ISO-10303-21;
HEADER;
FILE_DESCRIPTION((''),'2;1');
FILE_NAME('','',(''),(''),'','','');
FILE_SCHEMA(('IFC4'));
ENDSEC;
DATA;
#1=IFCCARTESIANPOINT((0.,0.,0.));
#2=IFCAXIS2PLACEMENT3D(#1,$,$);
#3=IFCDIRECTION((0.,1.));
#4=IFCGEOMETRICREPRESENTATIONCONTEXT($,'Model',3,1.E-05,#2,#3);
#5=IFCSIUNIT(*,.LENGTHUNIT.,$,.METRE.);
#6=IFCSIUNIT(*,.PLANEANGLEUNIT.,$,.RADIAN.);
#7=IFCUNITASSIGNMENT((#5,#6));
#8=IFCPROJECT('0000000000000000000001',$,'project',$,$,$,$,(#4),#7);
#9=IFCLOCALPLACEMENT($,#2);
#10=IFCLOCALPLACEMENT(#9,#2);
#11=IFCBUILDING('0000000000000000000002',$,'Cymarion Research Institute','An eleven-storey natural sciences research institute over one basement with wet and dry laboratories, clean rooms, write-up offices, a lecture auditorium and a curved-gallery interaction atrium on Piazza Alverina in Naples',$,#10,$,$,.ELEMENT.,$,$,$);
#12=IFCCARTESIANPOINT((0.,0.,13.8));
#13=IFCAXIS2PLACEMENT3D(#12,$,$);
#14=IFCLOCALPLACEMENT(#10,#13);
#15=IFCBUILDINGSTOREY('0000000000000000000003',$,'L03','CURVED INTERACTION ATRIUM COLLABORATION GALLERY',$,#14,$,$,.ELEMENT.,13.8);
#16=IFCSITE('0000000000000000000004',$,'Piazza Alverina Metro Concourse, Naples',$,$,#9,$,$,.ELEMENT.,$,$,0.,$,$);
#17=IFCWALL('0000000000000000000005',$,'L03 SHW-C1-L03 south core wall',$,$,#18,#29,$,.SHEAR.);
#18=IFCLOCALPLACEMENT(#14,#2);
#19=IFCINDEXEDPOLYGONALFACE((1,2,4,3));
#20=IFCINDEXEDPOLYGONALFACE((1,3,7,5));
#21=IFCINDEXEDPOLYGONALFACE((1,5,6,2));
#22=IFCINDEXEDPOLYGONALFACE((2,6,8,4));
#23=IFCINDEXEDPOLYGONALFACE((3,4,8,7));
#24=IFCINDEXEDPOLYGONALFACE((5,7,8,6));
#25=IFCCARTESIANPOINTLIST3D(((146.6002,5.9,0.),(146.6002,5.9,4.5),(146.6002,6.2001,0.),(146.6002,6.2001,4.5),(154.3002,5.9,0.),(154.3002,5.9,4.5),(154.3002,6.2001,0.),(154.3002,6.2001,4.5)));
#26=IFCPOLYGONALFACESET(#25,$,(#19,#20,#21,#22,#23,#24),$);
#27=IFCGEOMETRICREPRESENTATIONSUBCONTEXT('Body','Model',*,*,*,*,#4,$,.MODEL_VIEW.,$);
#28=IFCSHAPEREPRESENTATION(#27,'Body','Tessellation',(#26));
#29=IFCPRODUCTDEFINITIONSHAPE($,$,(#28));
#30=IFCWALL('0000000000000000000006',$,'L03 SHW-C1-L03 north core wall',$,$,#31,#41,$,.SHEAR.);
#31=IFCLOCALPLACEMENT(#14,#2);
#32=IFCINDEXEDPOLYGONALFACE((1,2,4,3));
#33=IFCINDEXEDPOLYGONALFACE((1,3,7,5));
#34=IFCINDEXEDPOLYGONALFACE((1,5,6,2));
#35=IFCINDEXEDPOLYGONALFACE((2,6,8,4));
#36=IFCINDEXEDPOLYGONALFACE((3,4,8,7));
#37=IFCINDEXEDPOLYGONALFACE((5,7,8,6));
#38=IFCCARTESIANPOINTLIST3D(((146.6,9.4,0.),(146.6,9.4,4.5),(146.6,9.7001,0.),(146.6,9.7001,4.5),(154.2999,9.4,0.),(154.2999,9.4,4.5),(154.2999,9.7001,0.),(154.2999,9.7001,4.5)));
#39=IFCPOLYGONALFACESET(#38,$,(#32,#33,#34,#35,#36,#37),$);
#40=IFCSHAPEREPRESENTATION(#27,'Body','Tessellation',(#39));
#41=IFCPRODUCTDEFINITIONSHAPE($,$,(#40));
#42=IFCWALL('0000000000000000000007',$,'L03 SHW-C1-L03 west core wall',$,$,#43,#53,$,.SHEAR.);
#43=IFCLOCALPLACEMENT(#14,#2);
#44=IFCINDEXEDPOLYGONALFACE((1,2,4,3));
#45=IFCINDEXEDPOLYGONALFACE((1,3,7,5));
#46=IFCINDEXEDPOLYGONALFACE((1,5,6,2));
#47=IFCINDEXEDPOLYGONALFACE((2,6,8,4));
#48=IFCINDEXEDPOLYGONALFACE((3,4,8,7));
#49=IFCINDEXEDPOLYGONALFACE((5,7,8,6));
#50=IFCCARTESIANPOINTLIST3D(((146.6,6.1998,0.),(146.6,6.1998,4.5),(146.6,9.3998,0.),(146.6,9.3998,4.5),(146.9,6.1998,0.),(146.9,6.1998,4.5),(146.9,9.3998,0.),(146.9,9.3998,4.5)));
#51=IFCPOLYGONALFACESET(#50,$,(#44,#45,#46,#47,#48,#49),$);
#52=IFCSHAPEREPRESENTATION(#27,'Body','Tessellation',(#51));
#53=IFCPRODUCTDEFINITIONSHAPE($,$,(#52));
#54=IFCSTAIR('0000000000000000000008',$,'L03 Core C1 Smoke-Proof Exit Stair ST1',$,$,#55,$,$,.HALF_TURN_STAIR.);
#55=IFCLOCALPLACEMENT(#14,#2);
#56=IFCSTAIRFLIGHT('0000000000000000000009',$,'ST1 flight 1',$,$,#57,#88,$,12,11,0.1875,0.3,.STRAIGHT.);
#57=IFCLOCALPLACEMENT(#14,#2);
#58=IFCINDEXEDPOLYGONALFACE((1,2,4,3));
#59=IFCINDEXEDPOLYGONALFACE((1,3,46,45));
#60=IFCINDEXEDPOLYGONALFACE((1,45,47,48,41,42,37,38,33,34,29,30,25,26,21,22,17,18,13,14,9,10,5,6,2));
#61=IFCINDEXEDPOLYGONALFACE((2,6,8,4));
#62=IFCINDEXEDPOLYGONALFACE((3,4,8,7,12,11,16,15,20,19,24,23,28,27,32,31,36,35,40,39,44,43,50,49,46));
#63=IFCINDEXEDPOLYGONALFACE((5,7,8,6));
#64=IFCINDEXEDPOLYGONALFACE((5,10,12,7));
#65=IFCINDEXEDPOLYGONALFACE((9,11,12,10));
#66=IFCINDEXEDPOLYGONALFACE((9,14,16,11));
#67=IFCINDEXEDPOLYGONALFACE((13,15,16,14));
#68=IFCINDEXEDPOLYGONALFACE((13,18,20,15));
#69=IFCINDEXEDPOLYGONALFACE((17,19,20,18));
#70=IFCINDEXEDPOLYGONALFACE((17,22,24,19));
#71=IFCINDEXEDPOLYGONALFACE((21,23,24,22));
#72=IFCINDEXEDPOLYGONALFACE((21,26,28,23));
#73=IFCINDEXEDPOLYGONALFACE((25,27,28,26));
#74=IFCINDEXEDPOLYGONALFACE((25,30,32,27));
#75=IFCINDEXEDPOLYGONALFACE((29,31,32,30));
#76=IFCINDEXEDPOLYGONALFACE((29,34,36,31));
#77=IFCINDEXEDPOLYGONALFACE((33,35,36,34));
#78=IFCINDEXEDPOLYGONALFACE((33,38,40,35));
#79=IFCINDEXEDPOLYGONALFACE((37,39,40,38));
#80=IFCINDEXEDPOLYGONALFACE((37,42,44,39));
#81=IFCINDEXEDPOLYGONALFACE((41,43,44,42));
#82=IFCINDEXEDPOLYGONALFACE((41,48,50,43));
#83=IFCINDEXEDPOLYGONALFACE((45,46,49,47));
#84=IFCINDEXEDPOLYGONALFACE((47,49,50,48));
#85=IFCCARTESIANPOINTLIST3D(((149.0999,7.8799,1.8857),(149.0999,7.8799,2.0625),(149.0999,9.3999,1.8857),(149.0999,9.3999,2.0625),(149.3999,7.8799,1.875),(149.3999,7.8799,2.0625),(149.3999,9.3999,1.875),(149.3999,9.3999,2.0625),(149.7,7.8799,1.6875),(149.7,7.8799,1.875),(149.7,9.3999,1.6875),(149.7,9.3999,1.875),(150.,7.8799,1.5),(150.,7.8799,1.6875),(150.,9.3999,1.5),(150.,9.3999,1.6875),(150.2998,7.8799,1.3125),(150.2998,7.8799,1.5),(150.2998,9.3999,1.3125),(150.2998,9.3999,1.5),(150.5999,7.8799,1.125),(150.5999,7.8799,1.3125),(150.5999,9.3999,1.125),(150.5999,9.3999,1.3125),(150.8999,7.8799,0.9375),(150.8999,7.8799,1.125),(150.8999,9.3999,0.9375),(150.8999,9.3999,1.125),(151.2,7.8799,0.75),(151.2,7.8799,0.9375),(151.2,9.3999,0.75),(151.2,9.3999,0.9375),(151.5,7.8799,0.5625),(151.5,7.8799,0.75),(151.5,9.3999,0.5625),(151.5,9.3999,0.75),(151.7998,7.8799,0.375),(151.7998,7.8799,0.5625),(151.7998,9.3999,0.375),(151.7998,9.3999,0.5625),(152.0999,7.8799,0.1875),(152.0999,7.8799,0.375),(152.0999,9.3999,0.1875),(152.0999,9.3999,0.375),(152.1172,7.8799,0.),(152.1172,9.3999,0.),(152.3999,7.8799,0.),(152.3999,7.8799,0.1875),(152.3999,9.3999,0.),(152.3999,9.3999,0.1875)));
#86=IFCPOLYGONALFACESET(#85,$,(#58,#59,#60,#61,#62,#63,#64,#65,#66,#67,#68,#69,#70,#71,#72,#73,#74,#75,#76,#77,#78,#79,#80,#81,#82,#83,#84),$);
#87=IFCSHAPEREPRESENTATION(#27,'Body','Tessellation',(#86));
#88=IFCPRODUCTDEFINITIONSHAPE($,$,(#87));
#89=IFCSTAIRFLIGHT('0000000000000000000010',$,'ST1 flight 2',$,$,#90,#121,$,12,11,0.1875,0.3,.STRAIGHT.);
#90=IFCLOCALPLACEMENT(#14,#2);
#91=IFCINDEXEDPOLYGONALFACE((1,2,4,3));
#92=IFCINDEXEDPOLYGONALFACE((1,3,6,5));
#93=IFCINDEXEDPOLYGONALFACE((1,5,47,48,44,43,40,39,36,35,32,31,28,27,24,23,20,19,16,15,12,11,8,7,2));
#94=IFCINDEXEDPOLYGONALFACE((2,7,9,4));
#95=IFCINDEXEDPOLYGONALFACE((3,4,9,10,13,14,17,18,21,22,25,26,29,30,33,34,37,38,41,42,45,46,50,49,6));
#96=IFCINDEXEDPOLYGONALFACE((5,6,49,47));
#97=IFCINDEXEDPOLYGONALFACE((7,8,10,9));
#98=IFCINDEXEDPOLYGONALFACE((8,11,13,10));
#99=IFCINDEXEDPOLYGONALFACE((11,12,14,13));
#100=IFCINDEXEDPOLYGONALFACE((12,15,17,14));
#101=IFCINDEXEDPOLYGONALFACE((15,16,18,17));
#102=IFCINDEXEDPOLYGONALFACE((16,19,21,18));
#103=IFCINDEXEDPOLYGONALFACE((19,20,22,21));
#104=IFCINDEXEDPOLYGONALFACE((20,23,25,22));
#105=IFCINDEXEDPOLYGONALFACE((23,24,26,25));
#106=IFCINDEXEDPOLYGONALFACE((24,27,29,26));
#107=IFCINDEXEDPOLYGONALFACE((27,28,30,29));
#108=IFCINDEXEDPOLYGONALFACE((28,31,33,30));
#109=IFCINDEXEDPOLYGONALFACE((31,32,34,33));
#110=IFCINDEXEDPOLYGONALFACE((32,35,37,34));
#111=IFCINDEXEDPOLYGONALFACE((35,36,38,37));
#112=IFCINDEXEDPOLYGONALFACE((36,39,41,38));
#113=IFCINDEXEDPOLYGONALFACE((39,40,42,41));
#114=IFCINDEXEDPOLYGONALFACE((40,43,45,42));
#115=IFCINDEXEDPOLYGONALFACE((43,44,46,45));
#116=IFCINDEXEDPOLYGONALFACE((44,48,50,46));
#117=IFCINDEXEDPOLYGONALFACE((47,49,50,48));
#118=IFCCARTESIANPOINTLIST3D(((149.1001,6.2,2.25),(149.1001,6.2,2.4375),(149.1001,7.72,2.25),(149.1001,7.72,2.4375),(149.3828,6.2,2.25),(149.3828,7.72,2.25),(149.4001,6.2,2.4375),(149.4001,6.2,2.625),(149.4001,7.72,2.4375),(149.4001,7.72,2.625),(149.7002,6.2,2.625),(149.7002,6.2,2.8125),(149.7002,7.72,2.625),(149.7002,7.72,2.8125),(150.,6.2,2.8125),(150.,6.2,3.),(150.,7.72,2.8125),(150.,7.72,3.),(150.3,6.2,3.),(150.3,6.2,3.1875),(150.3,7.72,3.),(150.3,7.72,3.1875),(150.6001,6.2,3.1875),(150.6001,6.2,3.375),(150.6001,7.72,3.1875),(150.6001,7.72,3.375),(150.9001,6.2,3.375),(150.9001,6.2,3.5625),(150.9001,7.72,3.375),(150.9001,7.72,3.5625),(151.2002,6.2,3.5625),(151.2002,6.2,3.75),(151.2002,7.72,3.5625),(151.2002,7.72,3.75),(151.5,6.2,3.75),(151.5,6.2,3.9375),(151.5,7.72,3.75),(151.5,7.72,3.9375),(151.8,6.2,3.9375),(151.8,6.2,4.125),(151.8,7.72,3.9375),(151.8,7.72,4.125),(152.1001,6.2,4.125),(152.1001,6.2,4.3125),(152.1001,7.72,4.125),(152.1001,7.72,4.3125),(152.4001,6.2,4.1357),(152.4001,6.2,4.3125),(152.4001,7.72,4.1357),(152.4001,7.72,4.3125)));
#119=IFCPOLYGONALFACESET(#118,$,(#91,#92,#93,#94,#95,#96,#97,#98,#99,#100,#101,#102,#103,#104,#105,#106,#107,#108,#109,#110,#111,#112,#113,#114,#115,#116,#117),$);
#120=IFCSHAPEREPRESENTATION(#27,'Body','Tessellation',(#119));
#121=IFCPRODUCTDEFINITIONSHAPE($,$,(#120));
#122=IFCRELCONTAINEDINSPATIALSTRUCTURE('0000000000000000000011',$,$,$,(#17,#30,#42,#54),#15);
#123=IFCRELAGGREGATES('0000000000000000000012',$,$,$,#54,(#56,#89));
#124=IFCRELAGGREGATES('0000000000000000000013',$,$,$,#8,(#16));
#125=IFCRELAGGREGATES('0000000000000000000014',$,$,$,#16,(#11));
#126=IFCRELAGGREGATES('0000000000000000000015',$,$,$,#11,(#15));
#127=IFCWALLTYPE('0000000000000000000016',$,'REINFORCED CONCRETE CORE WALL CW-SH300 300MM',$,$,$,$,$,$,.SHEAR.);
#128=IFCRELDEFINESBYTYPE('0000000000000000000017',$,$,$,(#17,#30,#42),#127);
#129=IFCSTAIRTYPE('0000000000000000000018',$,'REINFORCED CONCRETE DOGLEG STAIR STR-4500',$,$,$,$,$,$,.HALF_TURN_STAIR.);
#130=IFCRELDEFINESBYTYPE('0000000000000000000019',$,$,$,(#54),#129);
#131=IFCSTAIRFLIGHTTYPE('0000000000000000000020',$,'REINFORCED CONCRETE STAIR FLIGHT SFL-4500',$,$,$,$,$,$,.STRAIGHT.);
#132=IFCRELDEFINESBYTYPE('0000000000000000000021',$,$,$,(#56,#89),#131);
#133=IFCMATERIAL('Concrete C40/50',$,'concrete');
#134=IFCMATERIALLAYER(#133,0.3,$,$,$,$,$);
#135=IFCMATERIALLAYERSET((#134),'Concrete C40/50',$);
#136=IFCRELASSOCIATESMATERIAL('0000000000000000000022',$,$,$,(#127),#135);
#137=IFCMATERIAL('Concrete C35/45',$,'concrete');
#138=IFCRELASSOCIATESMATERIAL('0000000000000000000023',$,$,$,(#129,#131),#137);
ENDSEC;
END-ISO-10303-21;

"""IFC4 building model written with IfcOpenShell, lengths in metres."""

from ifc_helpers import new_model, si_unit, direction, frame, frame_2d, origin, place, context, subcontext, project, spatial, polyline, rectangle, outline, extrude, material, layer, layer_set, type_object, element, aggregate, save


model = new_model("IFC4")

# Units and contexts
model_context = context("Model", 3, precision=1e-05, world=origin(), true_north=direction((0.0, 1.0)))
body_context = subcontext(model_context, "Body", "Model", "MODEL_VIEW")
ifc_project = project(units=[si_unit("LENGTHUNIT", "METRE"), si_unit("PLANEANGLEUNIT", "RADIAN")], contexts=[model_context])

# Site, building, storey
site_placement = place(None, origin())
site = spatial("IfcSite", under=ifc_project, at=site_placement, Name="Piazza Alverina Metro Concourse, Naples", CompositionType="ELEMENT", RefElevation=0.0)
building_placement = place(site_placement, origin())
building = spatial("IfcBuilding", under=site, at=building_placement, Name="Cymarion Research Institute", Description="An eleven-storey natural sciences research institute over one basement with wet and dry laboratories, clean rooms, write-up offices, a lecture auditorium and a curved-gallery interaction atrium on Piazza Alverina in Naples", CompositionType="ELEMENT")
storey_placement = place(building_placement, frame((0.0, 0.0, 13.8)))
storey = spatial("IfcBuildingStorey", under=building, at=storey_placement, Name="L03", Description="CURVED INTERACTION ATRIUM COLLABORATION GALLERY", CompositionType="ELEMENT", Elevation=13.8)

# Shared definitions
ifc_material_1 = material(Name="Concrete C40/50", Category="concrete")

# Walls
ifc_layer_1 = layer(ifc_material_1, 0.3)
ifc_layer_set_1 = layer_set([ifc_layer_1], Name="Concrete C40/50")
wall_type_1 = type_object("IfcWallType", Name="REINFORCED CONCRETE CORE WALL CW-SH300 300MM", PredefinedType="SHEAR", material=ifc_layer_set_1)
for number, where, z_axis, x_axis, name in (
    (1, (146.6001, 6.05, 0.0), (0.0, 0.0, 1.0), (1.0, 0.0, 0.0), "L03 SHW-C1-L03 south core wall"),
    (2, (154.3, 9.55, 0.0), (0.0, 0.0, 1.0), (-1.0, 0.0, 0.0), "L03 SHW-C1-L03 north core wall"),
):
    element("IfcWall", number, at=place(storey_placement, frame(where, z_axis=z_axis, x_axis=x_axis)), inside=storey, type_object=wall_type_1, Name=name, PredefinedType="SHEAR", context=body_context, shape_type="SweptSolid", body=[
        extrude(rectangle(XDim=7.7, YDim=0.3, at=frame_2d((3.8501, 0.0))), origin(), (0.0, 0.0, 1.0), 4.5),
    ])
wall_1_placement = place(storey_placement, frame((146.75, 9.3999, 0.0), z_axis=(0.0, 0.0, 1.0), x_axis=(0.0, -1.0, 0.0)))
element("IfcWall", 3, at=wall_1_placement, inside=storey, type_object=wall_type_1, Name="L03 SHW-C1-L03 west core wall", PredefinedType="SHEAR", context=body_context, shape_type="SweptSolid", body=[
    extrude(rectangle(XDim=3.2, YDim=0.3, at=frame_2d((1.6001, 0.0))), origin(), (0.0, 0.0, 1.0), 4.5),
])

# Stair, stair flights
ifc_material_2 = material(Name="Concrete C35/45", Category="concrete")
stair_type = type_object("IfcStairType", Name="REINFORCED CONCRETE DOGLEG STAIR STR-4500", PredefinedType="HALF_TURN_STAIR", material=ifc_material_2)
stair_placement = place(storey_placement, origin())
stair = element("IfcStair", 4, at=stair_placement, inside=storey, type_object=stair_type, Name="L03 Core C1 Smoke-Proof Exit Stair ST1", PredefinedType="HALF_TURN_STAIR")
stair_flight_type = type_object("IfcStairFlightType", Name="REINFORCED CONCRETE STAIR FLIGHT SFL-4500", PredefinedType="STRAIGHT", material=ifc_material_2)
stair_flight_1_placement = place(storey_placement, frame((152.3999, 8.6399, 0.0), z_axis=(0.0, 0.0, 1.0), x_axis=(-1.0, 0.0, 0.0)))
stair_flight_1 = element("IfcStairFlight", 5, at=stair_flight_1_placement, type_object=stair_flight_type, Name="ST1 flight 1", NumberOfRisers=12, NumberOfTreads=11, PredefinedType="STRAIGHT", RiserHeight=0.1875, TreadLength=0.3, context=body_context, shape_type="SweptSolid", body=[
    extrude(outline(polyline([(0.0, 0.0), (0.0, 0.1875), (0.3, 0.1875), (0.3, 0.375), (0.6001, 0.375), (0.6001, 0.5625), (0.8999, 0.5625), (0.8999, 0.75), (1.2, 0.75), (1.2, 0.9375), (1.5, 0.9375), (1.5, 1.125), (1.8, 1.125), (1.8, 1.3125), (2.1001, 1.3125), (2.1001, 1.5), (2.3999, 1.5), (2.3999, 1.6875), (2.7, 1.6875), (2.7, 1.875), (3.0, 1.875), (3.0, 2.0625), (3.3, 2.0625), (3.3, 2.25), (3.3, 1.8857), (0.2827, 0.0), (0.0, 0.0)])), frame((0.0, 0.76, 0.0), z_axis=(0.0, -1.0, 0.0), x_axis=(1.0, 0.0, 0.0)), (0.0, 0.0, 1.0), 1.52),
])
stair_flight_2_placement = place(storey_placement, frame((149.1001, 6.96, 2.25), z_axis=(0.0, 0.0, 1.0), x_axis=(1.0, 0.0, 0.0)))
stair_flight_2 = element("IfcStairFlight", 6, at=stair_flight_2_placement, type_object=stair_flight_type, Name="ST1 flight 2", NumberOfRisers=12, NumberOfTreads=11, PredefinedType="STRAIGHT", RiserHeight=0.1875, TreadLength=0.3, context=body_context, shape_type="SweptSolid", body=[
    extrude(outline(polyline([(0.0, 0.0), (0.0, 0.1875), (0.3, 0.1875), (0.3, 0.375), (0.6001, 0.375), (0.6001, 0.5625), (0.8999, 0.5625), (0.8999, 0.75), (1.2, 0.75), (1.2, 0.9375), (1.5, 0.9375), (1.5, 1.125), (1.8, 1.125), (1.8, 1.3125), (2.1001, 1.3125), (2.1001, 1.5), (2.3999, 1.5), (2.3999, 1.6875), (2.7, 1.6875), (2.7, 1.875), (3.0, 1.875), (3.0, 2.0625), (3.3, 2.0625), (3.3, 2.25), (3.3, 1.8857), (0.2827, 0.0), (0.0, 0.0)])), frame((0.0, 0.76, 0.0), z_axis=(0.0, -1.0, 0.0), x_axis=(1.0, 0.0, 0.0)), (0.0, 0.0, 1.0), 1.52),
])
aggregate(stair, [stair_flight_1, stair_flight_2])

save(model, "model.ifc")
